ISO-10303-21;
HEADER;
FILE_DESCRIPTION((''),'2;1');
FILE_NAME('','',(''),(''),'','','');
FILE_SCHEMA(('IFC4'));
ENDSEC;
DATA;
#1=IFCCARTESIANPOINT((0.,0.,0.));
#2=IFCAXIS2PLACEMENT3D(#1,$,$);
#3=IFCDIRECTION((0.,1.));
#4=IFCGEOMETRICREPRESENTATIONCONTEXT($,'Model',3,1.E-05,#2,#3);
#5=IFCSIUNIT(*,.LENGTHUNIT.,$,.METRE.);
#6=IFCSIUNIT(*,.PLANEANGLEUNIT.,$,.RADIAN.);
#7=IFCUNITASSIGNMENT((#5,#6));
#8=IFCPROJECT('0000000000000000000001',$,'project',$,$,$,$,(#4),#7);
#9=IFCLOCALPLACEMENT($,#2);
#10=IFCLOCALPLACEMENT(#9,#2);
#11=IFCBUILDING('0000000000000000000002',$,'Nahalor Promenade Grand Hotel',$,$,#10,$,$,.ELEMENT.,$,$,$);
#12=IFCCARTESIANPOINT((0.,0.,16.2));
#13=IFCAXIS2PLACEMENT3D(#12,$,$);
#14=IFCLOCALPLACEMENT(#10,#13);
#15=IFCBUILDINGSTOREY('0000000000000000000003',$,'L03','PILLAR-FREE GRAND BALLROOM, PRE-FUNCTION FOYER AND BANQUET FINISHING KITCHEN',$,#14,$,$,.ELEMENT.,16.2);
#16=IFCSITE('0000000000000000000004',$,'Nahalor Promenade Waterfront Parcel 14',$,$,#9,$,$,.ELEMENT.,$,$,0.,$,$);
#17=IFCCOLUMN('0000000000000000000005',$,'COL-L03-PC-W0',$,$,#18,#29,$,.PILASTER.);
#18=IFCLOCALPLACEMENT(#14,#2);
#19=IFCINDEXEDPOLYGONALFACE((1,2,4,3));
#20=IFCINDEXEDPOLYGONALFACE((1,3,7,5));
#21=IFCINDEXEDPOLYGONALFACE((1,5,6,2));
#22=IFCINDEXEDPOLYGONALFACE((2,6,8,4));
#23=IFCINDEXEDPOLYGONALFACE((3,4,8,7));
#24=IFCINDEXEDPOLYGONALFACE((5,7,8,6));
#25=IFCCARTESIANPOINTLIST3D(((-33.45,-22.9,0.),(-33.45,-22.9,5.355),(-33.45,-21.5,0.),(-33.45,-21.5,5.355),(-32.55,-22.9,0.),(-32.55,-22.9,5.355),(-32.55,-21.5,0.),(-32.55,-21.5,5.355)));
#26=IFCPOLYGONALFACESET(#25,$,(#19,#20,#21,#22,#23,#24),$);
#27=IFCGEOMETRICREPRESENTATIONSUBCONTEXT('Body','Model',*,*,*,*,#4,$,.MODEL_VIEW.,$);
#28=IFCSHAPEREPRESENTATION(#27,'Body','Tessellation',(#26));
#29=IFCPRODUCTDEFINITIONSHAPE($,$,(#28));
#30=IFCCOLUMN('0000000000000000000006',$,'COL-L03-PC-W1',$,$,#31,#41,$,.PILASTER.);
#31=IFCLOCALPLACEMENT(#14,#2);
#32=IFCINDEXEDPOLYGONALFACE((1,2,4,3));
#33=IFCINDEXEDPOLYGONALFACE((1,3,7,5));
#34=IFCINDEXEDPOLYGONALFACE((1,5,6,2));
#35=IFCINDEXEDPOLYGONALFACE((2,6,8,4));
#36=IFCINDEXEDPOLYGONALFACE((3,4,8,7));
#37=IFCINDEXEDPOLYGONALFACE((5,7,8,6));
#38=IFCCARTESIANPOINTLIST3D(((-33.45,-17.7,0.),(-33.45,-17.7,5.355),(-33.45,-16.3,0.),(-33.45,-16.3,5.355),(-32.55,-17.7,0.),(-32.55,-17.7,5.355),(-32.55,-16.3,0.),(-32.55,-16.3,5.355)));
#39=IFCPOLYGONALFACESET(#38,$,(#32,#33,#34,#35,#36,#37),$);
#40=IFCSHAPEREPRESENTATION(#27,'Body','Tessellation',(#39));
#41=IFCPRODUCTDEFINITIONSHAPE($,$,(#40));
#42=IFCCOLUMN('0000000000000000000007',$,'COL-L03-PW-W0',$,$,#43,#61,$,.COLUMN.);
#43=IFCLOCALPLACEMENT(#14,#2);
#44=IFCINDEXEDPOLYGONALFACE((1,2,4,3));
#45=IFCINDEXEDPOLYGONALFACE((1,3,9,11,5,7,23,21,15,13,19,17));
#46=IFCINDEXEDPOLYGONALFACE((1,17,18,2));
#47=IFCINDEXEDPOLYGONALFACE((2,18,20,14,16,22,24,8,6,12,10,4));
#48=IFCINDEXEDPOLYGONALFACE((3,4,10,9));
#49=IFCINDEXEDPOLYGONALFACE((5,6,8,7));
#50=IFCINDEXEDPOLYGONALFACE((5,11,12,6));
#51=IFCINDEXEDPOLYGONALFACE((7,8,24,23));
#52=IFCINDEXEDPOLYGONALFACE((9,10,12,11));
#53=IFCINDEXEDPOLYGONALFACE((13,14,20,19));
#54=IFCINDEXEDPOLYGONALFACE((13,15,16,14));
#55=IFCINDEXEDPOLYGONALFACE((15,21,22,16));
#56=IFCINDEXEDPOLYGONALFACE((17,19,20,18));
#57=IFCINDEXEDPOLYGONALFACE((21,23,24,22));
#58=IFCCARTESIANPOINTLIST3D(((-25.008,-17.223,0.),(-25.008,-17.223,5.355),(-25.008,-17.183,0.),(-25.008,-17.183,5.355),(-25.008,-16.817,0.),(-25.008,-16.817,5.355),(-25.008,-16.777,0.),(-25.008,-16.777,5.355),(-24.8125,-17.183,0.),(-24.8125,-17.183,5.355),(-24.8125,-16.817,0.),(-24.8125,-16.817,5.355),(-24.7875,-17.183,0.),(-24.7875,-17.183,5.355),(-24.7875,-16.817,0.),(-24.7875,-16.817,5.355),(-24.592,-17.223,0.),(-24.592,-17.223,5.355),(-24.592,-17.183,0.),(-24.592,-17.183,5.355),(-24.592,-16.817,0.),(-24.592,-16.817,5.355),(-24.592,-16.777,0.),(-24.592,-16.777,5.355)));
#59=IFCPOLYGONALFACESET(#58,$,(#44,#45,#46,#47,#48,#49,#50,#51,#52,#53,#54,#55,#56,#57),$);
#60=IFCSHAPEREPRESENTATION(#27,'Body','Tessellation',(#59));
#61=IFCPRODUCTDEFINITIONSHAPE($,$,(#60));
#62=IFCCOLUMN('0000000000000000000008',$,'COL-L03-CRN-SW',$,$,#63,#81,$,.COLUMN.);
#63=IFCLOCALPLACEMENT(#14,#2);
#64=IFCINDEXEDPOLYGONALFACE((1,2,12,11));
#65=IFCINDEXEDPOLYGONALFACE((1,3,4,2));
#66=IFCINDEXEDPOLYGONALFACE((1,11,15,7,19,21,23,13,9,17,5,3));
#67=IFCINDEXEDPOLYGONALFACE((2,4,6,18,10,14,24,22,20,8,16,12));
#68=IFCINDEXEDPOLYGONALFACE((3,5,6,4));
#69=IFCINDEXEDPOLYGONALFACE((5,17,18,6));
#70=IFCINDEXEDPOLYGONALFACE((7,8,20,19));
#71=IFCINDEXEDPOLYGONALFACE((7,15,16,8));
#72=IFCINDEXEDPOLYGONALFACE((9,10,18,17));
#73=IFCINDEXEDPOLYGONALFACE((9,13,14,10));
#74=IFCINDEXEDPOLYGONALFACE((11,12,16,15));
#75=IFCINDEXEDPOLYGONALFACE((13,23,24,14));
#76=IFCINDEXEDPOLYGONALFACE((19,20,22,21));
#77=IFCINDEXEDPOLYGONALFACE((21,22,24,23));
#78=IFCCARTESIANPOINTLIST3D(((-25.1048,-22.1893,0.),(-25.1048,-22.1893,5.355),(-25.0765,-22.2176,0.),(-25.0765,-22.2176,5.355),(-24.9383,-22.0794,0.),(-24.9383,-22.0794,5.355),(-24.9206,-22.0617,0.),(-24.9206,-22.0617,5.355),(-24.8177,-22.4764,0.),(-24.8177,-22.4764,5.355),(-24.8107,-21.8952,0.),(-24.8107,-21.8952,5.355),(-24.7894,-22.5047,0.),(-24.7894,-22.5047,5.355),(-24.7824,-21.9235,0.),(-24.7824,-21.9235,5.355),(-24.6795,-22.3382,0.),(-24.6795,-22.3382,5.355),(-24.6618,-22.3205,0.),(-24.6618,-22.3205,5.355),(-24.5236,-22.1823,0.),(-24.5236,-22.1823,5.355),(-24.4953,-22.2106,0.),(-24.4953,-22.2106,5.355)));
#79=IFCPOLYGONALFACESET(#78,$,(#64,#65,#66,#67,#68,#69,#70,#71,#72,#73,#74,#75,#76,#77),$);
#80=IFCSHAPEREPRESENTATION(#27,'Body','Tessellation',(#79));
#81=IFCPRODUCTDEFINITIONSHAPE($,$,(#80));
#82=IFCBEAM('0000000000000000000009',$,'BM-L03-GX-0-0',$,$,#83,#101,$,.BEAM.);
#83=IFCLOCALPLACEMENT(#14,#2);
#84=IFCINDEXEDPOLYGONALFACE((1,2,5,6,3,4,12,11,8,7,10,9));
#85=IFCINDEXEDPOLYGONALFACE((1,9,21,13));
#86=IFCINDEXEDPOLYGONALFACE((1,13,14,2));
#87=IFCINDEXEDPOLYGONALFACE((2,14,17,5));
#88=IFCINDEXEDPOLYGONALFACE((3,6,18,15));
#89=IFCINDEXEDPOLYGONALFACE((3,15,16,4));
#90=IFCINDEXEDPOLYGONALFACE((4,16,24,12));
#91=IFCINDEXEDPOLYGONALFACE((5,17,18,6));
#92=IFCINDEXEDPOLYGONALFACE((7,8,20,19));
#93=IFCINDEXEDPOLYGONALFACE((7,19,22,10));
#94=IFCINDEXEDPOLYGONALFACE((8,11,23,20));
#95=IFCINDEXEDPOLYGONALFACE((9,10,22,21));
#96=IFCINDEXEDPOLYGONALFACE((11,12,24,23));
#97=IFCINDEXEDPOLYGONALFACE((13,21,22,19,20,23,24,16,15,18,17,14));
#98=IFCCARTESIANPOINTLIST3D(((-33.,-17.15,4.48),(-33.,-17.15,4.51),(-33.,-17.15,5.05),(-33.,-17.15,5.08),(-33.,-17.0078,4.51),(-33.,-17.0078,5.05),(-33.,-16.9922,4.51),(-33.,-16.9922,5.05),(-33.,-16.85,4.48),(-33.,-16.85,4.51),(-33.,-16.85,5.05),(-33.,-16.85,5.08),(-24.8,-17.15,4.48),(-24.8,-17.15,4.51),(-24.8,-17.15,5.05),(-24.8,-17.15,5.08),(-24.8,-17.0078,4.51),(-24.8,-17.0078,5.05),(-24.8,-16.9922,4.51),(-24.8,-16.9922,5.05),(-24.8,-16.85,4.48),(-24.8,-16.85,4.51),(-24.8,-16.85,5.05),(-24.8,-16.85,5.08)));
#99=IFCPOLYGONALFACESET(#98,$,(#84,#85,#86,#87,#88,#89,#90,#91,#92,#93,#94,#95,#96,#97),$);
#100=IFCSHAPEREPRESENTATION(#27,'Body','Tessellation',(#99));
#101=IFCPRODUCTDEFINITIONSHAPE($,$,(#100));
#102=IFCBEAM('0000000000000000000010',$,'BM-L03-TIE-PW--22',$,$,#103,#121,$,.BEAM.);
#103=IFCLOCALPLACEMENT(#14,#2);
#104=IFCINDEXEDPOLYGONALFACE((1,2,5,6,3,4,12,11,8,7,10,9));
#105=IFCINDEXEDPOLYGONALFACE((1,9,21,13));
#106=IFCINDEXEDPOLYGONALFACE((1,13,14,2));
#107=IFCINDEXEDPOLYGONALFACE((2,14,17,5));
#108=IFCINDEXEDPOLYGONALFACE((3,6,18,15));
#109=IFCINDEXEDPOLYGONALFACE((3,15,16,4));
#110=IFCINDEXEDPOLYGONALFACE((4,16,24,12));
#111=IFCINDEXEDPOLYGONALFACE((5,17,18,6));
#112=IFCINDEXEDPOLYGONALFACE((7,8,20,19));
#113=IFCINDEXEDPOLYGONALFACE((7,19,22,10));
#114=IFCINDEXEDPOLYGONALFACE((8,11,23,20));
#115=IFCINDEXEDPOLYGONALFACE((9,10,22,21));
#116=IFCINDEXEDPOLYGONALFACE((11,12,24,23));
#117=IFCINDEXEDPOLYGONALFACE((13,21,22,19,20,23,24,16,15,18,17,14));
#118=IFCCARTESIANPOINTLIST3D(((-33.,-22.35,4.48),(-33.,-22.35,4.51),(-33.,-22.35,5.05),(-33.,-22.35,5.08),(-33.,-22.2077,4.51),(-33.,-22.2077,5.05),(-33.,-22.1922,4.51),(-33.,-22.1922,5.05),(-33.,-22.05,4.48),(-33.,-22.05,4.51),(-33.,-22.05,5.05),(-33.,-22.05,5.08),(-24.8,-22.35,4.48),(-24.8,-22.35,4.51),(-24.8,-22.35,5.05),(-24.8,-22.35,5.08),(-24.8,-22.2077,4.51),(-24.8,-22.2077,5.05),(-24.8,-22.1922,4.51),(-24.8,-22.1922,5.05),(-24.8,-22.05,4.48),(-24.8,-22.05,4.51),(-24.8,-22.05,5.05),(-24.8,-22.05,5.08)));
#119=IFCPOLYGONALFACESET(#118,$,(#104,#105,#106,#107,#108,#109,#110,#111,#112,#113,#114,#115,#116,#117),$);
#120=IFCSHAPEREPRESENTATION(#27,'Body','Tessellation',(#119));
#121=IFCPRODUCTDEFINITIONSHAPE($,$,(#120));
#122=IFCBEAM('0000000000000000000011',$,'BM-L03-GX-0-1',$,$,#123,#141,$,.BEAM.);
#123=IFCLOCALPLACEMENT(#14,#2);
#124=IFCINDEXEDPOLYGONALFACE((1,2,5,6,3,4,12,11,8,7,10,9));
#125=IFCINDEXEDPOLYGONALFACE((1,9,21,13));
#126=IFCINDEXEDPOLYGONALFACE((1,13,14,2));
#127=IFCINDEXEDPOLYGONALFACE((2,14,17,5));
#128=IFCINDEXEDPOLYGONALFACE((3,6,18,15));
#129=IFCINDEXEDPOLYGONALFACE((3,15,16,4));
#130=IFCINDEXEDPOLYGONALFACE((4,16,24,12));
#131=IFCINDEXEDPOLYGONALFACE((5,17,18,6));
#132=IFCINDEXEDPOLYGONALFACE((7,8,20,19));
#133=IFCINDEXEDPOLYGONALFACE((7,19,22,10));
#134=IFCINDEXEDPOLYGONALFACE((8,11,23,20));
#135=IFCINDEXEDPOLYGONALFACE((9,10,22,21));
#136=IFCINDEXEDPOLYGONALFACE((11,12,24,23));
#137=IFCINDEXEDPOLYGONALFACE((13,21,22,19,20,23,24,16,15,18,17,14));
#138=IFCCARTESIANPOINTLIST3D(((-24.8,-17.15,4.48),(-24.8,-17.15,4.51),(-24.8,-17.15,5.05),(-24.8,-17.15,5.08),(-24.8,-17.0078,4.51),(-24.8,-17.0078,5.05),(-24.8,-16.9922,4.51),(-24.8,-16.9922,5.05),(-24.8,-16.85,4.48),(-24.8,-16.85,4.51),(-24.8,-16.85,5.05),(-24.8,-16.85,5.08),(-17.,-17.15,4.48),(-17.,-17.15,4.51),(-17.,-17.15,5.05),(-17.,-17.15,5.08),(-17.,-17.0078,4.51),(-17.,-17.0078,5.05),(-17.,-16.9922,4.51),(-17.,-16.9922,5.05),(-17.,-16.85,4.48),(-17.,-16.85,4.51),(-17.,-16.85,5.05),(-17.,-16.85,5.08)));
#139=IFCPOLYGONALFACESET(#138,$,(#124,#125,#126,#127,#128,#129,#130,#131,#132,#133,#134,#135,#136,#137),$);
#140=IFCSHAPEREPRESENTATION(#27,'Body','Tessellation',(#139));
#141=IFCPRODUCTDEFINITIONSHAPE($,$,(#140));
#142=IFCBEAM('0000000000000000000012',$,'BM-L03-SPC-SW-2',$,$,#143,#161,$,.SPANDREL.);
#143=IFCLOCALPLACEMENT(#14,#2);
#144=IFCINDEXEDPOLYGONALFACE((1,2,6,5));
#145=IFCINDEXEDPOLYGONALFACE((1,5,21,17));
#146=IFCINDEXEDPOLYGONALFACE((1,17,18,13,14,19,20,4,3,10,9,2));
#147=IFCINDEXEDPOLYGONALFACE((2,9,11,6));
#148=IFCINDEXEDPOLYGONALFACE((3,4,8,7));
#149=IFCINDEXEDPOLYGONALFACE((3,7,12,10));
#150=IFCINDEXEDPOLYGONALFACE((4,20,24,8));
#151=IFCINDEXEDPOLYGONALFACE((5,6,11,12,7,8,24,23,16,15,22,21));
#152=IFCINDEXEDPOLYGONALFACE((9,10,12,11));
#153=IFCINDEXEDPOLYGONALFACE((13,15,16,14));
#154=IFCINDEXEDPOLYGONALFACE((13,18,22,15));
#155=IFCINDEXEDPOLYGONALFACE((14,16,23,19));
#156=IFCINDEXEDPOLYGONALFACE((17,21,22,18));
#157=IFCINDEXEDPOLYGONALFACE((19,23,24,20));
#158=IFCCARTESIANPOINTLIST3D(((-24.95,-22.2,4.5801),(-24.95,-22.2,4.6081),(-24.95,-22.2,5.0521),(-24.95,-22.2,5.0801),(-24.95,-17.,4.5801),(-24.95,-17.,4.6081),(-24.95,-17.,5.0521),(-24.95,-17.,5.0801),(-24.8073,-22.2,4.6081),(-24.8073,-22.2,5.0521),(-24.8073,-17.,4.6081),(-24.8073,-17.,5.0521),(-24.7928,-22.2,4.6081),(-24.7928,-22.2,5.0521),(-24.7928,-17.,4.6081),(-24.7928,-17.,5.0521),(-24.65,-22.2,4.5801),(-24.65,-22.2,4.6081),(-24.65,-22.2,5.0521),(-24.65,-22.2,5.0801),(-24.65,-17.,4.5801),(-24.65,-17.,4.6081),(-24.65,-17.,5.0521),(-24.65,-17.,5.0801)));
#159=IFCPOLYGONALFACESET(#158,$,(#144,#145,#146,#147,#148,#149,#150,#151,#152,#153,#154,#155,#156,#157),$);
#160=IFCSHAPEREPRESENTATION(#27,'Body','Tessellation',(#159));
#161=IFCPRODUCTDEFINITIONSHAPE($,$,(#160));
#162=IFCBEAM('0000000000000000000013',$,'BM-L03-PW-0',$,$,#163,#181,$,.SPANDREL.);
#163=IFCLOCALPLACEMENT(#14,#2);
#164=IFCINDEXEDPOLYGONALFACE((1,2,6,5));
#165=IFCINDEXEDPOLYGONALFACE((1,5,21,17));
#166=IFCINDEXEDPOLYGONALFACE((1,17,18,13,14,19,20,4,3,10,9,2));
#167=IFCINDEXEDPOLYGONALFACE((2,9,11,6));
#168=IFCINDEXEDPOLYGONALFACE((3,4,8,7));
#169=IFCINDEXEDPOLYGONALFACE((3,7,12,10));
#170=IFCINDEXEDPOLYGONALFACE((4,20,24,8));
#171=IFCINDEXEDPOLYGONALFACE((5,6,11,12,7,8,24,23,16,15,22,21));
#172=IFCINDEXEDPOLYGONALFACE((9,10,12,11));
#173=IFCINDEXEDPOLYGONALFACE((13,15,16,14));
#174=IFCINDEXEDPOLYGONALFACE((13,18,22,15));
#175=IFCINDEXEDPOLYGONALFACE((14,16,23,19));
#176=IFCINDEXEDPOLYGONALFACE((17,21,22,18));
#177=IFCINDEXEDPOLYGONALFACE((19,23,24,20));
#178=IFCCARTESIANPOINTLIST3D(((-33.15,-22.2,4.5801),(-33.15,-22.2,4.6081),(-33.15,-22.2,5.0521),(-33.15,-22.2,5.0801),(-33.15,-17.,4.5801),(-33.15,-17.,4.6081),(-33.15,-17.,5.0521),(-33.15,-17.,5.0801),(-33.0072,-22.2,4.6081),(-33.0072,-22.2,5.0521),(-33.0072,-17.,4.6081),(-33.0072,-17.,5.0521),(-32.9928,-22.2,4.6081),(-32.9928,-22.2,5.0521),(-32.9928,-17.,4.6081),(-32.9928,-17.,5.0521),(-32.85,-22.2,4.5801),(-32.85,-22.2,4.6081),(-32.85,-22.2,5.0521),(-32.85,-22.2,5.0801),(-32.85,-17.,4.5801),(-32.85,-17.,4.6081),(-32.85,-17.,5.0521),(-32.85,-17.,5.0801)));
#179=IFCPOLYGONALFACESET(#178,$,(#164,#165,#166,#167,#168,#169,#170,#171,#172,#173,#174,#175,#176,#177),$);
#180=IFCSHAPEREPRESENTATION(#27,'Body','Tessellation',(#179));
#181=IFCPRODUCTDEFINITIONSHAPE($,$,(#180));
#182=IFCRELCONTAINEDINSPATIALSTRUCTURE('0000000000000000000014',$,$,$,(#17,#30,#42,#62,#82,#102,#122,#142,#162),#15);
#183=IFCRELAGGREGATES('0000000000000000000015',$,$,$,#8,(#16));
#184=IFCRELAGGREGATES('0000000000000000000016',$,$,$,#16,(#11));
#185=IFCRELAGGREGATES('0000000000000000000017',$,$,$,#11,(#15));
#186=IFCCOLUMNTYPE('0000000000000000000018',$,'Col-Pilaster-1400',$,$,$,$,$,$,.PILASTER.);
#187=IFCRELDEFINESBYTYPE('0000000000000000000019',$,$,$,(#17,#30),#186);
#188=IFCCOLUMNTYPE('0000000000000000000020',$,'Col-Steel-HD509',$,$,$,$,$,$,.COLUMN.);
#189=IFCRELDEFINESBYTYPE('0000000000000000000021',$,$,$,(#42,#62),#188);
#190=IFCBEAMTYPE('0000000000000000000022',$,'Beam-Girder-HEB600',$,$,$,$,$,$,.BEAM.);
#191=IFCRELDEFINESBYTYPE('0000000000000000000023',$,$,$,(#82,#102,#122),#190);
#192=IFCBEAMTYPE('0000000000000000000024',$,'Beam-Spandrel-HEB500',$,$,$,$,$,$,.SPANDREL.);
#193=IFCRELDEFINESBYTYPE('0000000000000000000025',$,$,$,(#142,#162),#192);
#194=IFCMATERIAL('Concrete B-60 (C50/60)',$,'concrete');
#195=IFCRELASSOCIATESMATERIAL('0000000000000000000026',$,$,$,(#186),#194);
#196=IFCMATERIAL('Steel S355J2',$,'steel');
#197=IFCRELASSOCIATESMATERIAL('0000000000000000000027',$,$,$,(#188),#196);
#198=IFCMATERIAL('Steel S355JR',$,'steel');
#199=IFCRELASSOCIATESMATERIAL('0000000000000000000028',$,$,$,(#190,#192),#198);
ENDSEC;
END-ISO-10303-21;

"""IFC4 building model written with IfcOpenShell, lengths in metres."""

from ifc_helpers import new_model, si_unit, direction, frame, origin, origin_2d, place, context, subcontext, project, spatial, rectangle, i_section, extrude, source, transform, mapped, material, material_profile, profile_set, type_object, element, save


model = new_model("IFC4")

# Units and contexts
model_context = context("Model", 3, precision=1e-05, world=origin(), true_north=direction((0.0, 1.0)))
body_context = subcontext(model_context, "Body", "Model", "MODEL_VIEW")
ifc_project = project(units=[si_unit("LENGTHUNIT", "METRE"), si_unit("PLANEANGLEUNIT", "RADIAN")], contexts=[model_context])

# Site, building, storey
site_placement = place(None, origin())
site = spatial("IfcSite", under=ifc_project, at=site_placement, Name="Nahalor Promenade Waterfront Parcel 14", CompositionType="ELEMENT", RefElevation=0.0)
building_placement = place(site_placement, origin())
building = spatial("IfcBuilding", under=site, at=building_placement, Name="Nahalor Promenade Grand Hotel", CompositionType="ELEMENT")
storey_placement = place(building_placement, frame((0.0, 0.0, 16.2)))
storey = spatial("IfcBuildingStorey", under=building, at=storey_placement, Name="L03", Description="PILLAR-FREE GRAND BALLROOM, PRE-FUNCTION FOYER AND BANQUET FINISHING KITCHEN", CompositionType="ELEMENT", Elevation=16.2)

# Columns
ifc_material_1 = material(Name="Concrete B-60 (C50/60)", Category="concrete")
ifc_material_profile_1 = material_profile(ifc_material_1, rectangle(XDim=0.9, YDim=1.4, at=origin_2d()), Name="RC 900x1400")
ifc_profile_set_1 = profile_set([ifc_material_profile_1], Name="Concrete B-60 (C50/60)")
column_type_1 = type_object("IfcColumnType", Name="Col-Pilaster-1400", PredefinedType="PILASTER", material=ifc_profile_set_1)
shared_shape_1 = source(origin(), body_context, "Body", "SweptSolid", [
    extrude(rectangle(XDim=0.9, YDim=1.4, at=origin_2d()), origin(), (0.0, 0.0, 1.0), 5.355),
])
for number, where, z_axis, x_axis, name in (
    (1, (-33.0, -22.2, 0.0), (0.0, 0.0, 1.0), (1.0, 0.0, 0.0), "COL-L03-PC-W0"),
    (2, (-33.0, -17.0, 0.0), (0.0, 0.0, 1.0), (1.0, 0.0, 0.0), "COL-L03-PC-W1"),
):
    element("IfcColumn", number, at=place(storey_placement, frame(where, z_axis=z_axis, x_axis=x_axis)), inside=storey, type_object=column_type_1, Name=name, PredefinedType="PILASTER", context=body_context, shape_type="MappedRepresentation", body=[
        mapped(shared_shape_1, transform((0.0, 0.0, 0.0), scale=1.0)),
    ])
ifc_material_2 = material(Name="Steel S355J2", Category="steel")
ifc_material_profile_2 = material_profile(ifc_material_2, i_section(OverallWidth=0.416, OverallDepth=0.446, WebThickness=0.025, FlangeThickness=0.04, at=origin_2d()), Name="HD 400x509")
ifc_profile_set_2 = profile_set([ifc_material_profile_2], Name="Steel S355J2")
column_type_2 = type_object("IfcColumnType", Name="Col-Steel-HD509", PredefinedType="COLUMN", material=ifc_profile_set_2)
shared_shape_2 = source(origin(), body_context, "Body", "SweptSolid", [
    extrude(i_section(OverallWidth=0.416, OverallDepth=0.446, WebThickness=0.025, FlangeThickness=0.04, at=origin_2d()), origin(), (0.0, 0.0, 1.0), 5.355),
])
for number, where, z_axis, x_axis, name in (
    (3, (-24.8, -17.0, 0.0), (0.0, 0.0, 1.0), (1.0, 0.0, 0.0), "COL-L03-PW-W0"),
    (4, (-24.8, -22.2, 0.0), (0.0, 0.0, 1.0), (0.707107, 0.707107, 0.0), "COL-L03-CRN-SW"),
):
    element("IfcColumn", number, at=place(storey_placement, frame(where, z_axis=z_axis, x_axis=x_axis)), inside=storey, type_object=column_type_2, Name=name, PredefinedType="COLUMN", context=body_context, shape_type="MappedRepresentation", body=[
        mapped(shared_shape_2, transform((0.0, 0.0, 0.0), scale=1.0)),
    ])

# Beams
ifc_material_3 = material(Name="Steel S355JR", Category="steel")
ifc_material_profile_3 = material_profile(ifc_material_3, i_section(OverallWidth=0.3, OverallDepth=0.6, WebThickness=0.0155, FlangeThickness=0.03, at=origin_2d()), Name="HEB 600")
ifc_profile_set_3 = profile_set([ifc_material_profile_3], Name="Steel S355JR")
beam_type_1 = type_object("IfcBeamType", Name="Beam-Girder-HEB600", PredefinedType="BEAM", material=ifc_profile_set_3)
shared_shape_3 = source(origin(), body_context, "Body", "SweptSolid", [
    extrude(i_section(OverallWidth=0.3, OverallDepth=0.6, WebThickness=0.0155, FlangeThickness=0.03, at=origin_2d()), origin(), (0.0, 0.0, 1.0), 8.2),
])
for number, where, z_axis, x_axis, name in (
    (5, (-33.0, -17.0, 4.78), (1.0, 0.0, 0.0), (0.0, 1.0, 0.0), "BM-L03-GX-0-0"),
    (6, (-24.8, -22.2, 4.78), (-1.0, 0.0, 0.0), (0.0, -1.0, 0.0), "BM-L03-TIE-PW--22"),
):
    element("IfcBeam", number, at=place(storey_placement, frame(where, z_axis=z_axis, x_axis=x_axis)), inside=storey, type_object=beam_type_1, Name=name, PredefinedType="BEAM", context=body_context, shape_type="MappedRepresentation", body=[
        mapped(shared_shape_3, transform((0.0, 0.0, 0.0), scale=1.0)),
    ])
shared_shape_4 = source(origin(), body_context, "Body", "SweptSolid", [
    extrude(i_section(OverallWidth=0.3, OverallDepth=0.6, WebThickness=0.0155, FlangeThickness=0.03, at=origin_2d()), origin(), (0.0, 0.0, 1.0), 7.8),
])
beam_1_placement = place(storey_placement, frame((-24.8, -17.0, 4.78), z_axis=(1.0, 0.0, 0.0), x_axis=(0.0, 1.0, 0.0)))
element("IfcBeam", 7, at=beam_1_placement, inside=storey, type_object=beam_type_1, Name="BM-L03-GX-0-1", PredefinedType="BEAM", context=body_context, shape_type="MappedRepresentation", body=[
    mapped(shared_shape_4, transform((0.0, 0.0, 0.0), scale=1.0)),
])
ifc_material_profile_4 = material_profile(ifc_material_3, i_section(OverallWidth=0.3, OverallDepth=0.5, WebThickness=0.0145, FlangeThickness=0.028, at=origin_2d()), Name="HEB 500")
ifc_profile_set_4 = profile_set([ifc_material_profile_4], Name="Steel S355JR")
beam_type_2 = type_object("IfcBeamType", Name="Beam-Spandrel-HEB500", PredefinedType="SPANDREL", material=ifc_profile_set_4)
shared_shape_5 = source(origin(), body_context, "Body", "SweptSolid", [
    extrude(i_section(OverallWidth=0.3, OverallDepth=0.5, WebThickness=0.0145, FlangeThickness=0.028, at=origin_2d()), origin(), (0.0, 0.0, 1.0), 5.2),
])
for number, where, z_axis, x_axis, name in (
    (8, (-24.8, -22.2, 4.8301), (0.0, 1.0, 0.0), (-1.0, 0.0, 0.0), "BM-L03-SPC-SW-2"),
    (9, (-33.0, -22.2, 4.8301), (0.0, 1.0, 0.0), (-1.0, 0.0, 0.0), "BM-L03-PW-0"),
):
    element("IfcBeam", number, at=place(storey_placement, frame(where, z_axis=z_axis, x_axis=x_axis)), inside=storey, type_object=beam_type_2, Name=name, PredefinedType="SPANDREL", context=body_context, shape_type="MappedRepresentation", body=[
        mapped(shared_shape_5, transform((0.0, 0.0, 0.0), scale=1.0)),
    ])

save(model, "model.ifc")
